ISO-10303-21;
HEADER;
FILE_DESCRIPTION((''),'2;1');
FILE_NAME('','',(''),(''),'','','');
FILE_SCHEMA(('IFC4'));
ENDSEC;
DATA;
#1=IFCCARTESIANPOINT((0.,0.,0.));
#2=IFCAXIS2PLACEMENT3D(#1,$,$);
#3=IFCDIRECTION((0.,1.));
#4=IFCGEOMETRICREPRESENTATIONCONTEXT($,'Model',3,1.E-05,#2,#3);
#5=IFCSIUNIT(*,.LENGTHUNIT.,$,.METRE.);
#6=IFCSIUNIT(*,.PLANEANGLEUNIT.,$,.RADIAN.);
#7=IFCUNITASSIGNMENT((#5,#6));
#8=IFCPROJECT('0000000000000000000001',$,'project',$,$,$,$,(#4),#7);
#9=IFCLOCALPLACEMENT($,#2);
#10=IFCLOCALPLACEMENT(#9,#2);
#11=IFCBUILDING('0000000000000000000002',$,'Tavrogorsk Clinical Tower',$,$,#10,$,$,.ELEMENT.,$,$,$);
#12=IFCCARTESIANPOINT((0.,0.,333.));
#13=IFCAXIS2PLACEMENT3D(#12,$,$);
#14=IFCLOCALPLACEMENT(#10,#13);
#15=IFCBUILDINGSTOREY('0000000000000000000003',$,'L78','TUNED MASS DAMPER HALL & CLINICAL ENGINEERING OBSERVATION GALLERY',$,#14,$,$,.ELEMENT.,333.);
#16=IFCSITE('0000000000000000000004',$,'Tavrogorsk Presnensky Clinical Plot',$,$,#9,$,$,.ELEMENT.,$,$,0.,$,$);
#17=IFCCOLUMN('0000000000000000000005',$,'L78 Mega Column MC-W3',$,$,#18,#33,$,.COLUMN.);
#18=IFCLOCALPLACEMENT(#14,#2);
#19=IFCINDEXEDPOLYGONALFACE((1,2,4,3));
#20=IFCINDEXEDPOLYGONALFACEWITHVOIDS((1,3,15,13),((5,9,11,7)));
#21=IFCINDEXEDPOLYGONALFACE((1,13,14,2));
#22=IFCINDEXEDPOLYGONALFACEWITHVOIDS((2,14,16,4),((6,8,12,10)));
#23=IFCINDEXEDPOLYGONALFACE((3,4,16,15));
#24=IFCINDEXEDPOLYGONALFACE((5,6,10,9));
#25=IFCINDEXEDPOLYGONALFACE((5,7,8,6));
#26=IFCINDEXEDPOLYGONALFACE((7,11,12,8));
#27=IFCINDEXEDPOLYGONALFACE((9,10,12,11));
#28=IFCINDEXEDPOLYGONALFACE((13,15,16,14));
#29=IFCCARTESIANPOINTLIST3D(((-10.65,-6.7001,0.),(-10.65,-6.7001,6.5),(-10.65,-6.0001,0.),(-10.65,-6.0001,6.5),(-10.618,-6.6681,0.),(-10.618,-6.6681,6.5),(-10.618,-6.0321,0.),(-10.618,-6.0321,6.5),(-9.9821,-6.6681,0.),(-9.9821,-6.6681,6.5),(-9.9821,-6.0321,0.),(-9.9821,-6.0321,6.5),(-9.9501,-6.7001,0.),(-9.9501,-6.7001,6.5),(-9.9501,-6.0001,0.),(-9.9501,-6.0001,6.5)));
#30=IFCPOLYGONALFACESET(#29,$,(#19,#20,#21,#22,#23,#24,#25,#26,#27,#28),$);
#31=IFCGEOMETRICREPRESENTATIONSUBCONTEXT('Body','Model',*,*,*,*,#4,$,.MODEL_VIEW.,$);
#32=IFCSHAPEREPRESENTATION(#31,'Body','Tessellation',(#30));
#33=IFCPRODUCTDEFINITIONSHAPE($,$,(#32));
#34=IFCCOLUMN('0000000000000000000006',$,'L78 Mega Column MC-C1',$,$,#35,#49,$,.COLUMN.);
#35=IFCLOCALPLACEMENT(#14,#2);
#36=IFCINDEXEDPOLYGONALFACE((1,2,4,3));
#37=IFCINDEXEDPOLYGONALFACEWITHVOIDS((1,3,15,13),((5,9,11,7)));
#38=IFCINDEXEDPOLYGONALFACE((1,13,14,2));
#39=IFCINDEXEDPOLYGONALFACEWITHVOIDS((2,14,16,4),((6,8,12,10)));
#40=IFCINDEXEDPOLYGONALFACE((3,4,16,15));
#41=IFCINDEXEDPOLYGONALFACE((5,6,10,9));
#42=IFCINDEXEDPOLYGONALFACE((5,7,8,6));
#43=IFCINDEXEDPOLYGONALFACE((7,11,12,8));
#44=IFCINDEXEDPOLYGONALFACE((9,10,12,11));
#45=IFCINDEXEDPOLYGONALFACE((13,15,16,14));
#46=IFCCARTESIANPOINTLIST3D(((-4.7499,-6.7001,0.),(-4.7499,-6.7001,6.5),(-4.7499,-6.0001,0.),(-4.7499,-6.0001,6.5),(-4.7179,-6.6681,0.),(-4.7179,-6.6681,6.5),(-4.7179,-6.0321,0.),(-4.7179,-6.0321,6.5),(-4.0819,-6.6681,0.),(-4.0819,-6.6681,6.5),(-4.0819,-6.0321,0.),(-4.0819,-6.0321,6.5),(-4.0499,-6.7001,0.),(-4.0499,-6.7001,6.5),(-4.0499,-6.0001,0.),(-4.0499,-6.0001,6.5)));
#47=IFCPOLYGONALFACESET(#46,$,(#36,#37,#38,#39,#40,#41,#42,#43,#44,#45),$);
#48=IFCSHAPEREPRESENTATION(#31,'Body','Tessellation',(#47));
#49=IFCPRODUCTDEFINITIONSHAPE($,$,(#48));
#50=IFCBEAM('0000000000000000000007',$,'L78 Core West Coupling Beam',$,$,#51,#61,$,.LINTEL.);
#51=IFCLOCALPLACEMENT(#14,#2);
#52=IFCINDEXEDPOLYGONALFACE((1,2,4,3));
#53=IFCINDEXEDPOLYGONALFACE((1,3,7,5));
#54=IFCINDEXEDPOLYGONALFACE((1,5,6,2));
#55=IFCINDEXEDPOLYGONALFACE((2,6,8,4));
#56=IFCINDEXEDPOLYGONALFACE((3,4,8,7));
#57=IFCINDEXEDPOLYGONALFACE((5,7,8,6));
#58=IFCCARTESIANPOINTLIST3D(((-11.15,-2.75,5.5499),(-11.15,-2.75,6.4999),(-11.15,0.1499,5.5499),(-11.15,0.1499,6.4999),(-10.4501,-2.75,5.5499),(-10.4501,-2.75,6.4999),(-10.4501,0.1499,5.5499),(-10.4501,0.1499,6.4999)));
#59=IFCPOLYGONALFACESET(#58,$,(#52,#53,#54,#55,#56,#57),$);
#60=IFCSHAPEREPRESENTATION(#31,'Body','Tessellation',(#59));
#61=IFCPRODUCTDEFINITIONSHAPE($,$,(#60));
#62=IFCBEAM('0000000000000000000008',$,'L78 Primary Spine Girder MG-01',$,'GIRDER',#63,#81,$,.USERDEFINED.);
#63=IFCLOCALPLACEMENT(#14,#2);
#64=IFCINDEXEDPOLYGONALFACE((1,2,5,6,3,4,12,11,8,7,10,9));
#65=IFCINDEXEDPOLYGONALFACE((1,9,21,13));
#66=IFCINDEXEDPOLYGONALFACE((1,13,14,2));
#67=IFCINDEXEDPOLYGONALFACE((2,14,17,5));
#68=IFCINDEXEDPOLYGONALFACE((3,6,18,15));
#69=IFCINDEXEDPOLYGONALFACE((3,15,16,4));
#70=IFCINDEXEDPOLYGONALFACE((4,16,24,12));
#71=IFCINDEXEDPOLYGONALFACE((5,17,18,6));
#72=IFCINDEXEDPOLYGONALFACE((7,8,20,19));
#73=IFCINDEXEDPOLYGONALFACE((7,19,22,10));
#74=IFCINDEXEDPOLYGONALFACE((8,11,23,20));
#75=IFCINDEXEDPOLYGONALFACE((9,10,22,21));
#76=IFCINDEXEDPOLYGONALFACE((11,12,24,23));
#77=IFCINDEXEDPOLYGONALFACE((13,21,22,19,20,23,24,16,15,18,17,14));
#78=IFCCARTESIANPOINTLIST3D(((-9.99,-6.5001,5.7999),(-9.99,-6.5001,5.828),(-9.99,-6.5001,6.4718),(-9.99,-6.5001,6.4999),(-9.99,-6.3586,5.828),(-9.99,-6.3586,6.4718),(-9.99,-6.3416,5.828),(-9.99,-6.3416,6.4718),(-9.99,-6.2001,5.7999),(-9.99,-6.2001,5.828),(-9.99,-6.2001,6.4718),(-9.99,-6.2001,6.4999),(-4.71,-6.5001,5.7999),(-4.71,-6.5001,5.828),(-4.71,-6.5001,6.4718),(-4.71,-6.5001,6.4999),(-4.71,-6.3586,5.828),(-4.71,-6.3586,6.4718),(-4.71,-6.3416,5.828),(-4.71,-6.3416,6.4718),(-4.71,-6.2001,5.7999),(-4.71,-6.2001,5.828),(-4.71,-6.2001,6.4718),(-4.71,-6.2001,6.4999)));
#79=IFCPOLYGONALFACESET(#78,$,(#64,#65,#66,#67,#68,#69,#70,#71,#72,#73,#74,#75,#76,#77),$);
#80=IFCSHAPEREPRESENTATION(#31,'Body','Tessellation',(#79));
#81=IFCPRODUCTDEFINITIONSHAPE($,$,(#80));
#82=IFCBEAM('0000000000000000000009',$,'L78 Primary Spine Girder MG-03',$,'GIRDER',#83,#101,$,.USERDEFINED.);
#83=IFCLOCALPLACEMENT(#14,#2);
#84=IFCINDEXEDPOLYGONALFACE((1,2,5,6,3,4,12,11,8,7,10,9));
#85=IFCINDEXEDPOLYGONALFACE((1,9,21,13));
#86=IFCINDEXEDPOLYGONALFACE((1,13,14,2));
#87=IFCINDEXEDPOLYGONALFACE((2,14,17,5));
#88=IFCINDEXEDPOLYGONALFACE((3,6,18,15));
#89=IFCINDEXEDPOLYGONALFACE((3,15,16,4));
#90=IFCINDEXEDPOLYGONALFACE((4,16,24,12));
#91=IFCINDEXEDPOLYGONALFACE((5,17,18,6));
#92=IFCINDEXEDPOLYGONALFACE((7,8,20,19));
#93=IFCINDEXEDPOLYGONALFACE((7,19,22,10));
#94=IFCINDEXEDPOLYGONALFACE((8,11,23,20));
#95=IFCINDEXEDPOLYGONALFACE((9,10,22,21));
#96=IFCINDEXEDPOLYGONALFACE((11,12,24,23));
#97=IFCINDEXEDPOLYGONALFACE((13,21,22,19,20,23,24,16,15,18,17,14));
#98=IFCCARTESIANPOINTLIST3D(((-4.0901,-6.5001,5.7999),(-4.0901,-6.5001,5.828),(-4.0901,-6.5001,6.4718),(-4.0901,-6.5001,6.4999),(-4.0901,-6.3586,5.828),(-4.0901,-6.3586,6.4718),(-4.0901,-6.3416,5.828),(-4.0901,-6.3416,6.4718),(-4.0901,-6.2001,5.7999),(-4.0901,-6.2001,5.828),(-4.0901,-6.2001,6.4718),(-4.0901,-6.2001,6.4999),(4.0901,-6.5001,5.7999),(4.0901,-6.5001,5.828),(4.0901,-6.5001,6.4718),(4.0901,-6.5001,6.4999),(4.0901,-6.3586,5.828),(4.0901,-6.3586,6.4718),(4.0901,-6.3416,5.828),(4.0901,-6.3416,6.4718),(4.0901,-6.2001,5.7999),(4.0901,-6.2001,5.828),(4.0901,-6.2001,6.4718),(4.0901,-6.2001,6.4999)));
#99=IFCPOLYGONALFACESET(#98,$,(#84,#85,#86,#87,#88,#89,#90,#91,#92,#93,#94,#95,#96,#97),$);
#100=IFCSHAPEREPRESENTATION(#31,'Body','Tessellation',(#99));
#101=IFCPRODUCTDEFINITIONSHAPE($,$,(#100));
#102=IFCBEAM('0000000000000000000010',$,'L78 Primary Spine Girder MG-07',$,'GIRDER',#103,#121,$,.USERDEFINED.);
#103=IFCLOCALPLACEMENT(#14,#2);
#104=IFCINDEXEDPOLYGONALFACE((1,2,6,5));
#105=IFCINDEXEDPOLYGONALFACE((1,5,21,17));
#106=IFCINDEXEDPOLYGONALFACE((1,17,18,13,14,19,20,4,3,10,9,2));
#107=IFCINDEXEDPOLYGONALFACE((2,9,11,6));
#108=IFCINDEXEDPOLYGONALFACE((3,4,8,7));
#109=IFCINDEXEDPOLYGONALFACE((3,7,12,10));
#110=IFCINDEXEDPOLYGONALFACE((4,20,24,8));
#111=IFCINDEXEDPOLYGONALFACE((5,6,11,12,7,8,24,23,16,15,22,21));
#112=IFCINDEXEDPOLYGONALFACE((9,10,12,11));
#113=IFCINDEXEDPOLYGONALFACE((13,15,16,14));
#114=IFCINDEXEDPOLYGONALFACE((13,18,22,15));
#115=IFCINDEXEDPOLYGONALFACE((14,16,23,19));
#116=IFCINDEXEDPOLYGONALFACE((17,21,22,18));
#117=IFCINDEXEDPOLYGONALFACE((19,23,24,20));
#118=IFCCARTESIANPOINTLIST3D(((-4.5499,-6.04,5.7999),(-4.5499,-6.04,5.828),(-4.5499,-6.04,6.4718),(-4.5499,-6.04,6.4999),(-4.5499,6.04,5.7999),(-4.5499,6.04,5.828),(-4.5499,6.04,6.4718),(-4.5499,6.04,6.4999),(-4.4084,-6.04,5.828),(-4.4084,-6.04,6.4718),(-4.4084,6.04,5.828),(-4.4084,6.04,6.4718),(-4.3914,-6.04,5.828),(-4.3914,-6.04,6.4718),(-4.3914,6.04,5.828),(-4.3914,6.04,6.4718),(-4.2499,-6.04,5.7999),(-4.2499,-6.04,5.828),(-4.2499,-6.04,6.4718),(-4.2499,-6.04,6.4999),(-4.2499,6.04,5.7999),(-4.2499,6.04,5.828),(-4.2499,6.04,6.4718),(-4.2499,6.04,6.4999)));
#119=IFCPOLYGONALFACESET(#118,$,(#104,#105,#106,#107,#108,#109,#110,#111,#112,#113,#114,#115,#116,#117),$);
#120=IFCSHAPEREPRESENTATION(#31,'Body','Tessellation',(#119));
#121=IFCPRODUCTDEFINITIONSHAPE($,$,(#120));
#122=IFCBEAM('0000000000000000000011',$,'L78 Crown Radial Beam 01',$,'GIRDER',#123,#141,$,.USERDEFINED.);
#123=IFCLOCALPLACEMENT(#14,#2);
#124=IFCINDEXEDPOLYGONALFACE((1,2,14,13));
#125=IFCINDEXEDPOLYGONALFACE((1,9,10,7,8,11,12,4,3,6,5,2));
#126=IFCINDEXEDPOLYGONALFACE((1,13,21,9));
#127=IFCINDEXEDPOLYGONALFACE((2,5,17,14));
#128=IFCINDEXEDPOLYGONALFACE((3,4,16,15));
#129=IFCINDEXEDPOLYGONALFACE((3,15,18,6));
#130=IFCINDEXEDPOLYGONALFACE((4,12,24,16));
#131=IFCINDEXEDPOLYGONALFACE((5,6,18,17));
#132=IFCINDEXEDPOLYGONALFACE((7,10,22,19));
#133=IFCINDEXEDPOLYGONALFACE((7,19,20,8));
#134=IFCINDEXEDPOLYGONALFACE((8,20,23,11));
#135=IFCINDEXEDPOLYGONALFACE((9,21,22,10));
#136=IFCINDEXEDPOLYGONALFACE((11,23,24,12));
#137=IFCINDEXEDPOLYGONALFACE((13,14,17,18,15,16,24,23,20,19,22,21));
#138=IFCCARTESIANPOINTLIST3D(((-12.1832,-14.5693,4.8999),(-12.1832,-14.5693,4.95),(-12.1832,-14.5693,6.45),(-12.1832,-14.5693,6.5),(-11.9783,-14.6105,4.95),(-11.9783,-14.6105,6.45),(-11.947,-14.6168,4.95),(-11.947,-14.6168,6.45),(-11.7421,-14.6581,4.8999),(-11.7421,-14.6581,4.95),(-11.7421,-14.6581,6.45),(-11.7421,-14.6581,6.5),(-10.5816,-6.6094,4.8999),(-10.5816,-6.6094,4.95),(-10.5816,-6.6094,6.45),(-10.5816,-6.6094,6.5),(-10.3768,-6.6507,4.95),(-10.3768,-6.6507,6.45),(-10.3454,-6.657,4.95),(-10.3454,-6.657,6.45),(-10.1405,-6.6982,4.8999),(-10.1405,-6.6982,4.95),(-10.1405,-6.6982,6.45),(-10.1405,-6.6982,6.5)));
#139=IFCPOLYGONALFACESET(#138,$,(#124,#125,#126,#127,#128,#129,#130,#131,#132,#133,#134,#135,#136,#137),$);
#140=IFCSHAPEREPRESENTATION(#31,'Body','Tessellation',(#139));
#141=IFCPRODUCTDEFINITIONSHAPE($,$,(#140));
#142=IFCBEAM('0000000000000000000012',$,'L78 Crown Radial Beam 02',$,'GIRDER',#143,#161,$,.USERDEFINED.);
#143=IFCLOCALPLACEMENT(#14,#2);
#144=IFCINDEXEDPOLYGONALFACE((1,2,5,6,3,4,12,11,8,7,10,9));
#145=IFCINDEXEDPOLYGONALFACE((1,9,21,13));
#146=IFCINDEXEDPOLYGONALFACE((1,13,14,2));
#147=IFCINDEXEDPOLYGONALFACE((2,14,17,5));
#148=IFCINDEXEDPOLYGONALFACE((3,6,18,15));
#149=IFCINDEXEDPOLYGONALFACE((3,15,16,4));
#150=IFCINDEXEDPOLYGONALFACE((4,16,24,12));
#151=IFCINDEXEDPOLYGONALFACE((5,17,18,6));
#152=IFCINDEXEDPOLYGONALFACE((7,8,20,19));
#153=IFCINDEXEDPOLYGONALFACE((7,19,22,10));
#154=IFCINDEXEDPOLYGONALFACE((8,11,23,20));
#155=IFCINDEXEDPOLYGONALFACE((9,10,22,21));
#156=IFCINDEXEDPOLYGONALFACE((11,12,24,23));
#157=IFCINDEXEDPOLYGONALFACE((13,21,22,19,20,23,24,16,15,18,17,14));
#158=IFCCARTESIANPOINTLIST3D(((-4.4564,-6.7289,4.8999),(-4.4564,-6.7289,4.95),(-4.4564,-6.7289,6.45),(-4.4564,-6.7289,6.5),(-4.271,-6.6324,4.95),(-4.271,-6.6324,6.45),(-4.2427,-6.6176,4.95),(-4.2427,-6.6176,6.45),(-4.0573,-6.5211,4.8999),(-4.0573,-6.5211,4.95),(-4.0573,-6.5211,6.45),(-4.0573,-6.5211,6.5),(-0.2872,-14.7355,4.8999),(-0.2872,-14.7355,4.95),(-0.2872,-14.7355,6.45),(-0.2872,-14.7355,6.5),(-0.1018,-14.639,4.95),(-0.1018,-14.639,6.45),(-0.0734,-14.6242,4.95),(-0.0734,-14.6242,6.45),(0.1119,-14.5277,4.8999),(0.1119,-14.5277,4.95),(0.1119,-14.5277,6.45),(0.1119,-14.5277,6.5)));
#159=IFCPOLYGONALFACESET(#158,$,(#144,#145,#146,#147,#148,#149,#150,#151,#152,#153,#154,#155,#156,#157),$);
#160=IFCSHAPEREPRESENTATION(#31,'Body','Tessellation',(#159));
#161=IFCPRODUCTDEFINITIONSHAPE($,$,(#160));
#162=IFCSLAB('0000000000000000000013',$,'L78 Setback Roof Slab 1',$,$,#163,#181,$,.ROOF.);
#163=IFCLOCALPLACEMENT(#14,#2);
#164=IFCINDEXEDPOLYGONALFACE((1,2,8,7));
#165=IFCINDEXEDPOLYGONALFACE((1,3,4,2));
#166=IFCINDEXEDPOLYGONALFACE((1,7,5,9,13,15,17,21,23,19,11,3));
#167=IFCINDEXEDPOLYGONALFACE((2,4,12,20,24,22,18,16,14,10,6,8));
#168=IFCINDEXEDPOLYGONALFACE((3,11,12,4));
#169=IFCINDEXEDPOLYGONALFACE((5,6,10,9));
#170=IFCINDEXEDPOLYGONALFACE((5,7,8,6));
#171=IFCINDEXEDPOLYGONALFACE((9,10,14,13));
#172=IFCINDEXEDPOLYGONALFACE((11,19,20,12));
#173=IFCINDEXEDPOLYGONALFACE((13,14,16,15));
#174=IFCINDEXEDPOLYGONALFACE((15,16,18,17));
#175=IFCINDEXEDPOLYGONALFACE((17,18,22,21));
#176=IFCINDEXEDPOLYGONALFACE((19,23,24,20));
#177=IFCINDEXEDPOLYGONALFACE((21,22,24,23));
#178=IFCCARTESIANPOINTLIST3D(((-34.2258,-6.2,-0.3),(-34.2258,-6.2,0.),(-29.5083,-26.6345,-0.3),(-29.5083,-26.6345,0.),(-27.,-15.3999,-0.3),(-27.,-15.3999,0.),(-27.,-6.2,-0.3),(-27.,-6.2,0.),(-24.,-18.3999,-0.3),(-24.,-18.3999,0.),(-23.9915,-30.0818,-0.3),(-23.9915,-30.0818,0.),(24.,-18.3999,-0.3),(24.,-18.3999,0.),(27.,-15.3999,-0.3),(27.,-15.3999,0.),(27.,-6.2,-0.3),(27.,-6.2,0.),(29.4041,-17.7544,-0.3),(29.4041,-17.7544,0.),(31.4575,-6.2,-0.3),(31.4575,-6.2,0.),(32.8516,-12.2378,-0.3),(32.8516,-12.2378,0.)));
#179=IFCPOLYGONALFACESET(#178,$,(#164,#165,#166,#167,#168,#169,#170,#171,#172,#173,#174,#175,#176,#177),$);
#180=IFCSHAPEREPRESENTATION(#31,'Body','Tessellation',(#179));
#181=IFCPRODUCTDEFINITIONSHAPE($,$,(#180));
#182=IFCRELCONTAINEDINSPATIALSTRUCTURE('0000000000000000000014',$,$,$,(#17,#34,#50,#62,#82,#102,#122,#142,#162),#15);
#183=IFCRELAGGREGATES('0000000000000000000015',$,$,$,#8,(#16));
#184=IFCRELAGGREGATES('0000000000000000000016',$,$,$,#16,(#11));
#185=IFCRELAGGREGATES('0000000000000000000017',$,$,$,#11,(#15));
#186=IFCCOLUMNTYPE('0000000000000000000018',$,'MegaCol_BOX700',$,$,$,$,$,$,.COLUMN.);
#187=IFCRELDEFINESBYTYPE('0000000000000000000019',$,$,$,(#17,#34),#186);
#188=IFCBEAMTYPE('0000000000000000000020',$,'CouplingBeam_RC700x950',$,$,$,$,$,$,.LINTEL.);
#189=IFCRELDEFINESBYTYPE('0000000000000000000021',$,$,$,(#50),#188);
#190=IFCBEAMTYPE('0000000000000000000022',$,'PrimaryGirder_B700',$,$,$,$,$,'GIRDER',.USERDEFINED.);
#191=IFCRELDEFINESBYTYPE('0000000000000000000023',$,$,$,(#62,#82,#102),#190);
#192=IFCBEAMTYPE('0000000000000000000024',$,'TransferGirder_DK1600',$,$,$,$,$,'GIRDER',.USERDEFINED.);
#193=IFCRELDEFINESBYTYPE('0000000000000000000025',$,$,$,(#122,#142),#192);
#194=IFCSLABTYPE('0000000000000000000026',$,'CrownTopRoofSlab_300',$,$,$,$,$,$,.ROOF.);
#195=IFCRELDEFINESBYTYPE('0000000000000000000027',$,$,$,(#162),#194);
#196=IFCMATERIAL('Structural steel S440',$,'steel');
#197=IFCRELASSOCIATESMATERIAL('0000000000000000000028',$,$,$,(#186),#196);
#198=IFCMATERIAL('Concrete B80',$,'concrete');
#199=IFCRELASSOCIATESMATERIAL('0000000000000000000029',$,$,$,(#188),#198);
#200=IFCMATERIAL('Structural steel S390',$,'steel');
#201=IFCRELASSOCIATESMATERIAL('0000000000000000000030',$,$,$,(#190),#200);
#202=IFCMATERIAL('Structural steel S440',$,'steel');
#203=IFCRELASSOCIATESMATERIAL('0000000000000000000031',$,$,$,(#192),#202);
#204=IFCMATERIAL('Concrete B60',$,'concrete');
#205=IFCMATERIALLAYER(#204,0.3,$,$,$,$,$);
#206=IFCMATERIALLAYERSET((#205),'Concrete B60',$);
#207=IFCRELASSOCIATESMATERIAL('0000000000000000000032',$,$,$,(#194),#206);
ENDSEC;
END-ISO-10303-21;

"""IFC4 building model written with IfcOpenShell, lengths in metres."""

from ifc_helpers import new_model, si_unit, direction, frame, origin, origin_2d, place, context, subcontext, project, spatial, polyline, rectangle, hollow_rectangle, i_section, outline, extrude, material, layer, layer_set, material_profile, profile_set, type_object, element, save


model = new_model("IFC4")

# Units and contexts
model_context = context("Model", 3, precision=1e-05, world=origin(), true_north=direction((0.0, 1.0)))
body_context = subcontext(model_context, "Body", "Model", "MODEL_VIEW")
ifc_project = project(units=[si_unit("LENGTHUNIT", "METRE"), si_unit("PLANEANGLEUNIT", "RADIAN")], contexts=[model_context])

# Site, building, storey
site_placement = place(None, origin())
site = spatial("IfcSite", under=ifc_project, at=site_placement, Name="Tavrogorsk Presnensky Clinical Plot", CompositionType="ELEMENT", RefElevation=0.0)
building_placement = place(site_placement, origin())
building = spatial("IfcBuilding", under=site, at=building_placement, Name="Tavrogorsk Clinical Tower", CompositionType="ELEMENT")
storey_placement = place(building_placement, frame((0.0, 0.0, 333.0)))
storey = spatial("IfcBuildingStorey", under=building, at=storey_placement, Name="L78", Description="TUNED MASS DAMPER HALL & CLINICAL ENGINEERING OBSERVATION GALLERY", CompositionType="ELEMENT", Elevation=333.0)

# Columns
ifc_material_1 = material(Name="Structural steel S440", Category="steel")
ifc_material_profile_1 = material_profile(ifc_material_1, hollow_rectangle(XDim=0.7, YDim=0.7, WallThickness=0.032, at=origin_2d()), Name="BOX-700x700x32")
ifc_profile_set_1 = profile_set([ifc_material_profile_1], Name="Structural steel S440")
column_type = type_object("IfcColumnType", Name="MegaCol_BOX700", PredefinedType="COLUMN", material=ifc_profile_set_1)
for number, where, z_axis, x_axis, name in (
    (1, (-10.3, -6.3501, 0.0), (0.0, 0.0, 1.0), (1.0, 0.0, 0.0), "L78 Mega Column MC-W3"),
    (2, (-4.3999, -6.3501, 0.0), (0.0, 0.0, 1.0), (1.0, 0.0, 0.0), "L78 Mega Column MC-C1"),
):
    element("IfcColumn", number, at=place(storey_placement, frame(where, z_axis=z_axis, x_axis=x_axis)), inside=storey, type_object=column_type, Name=name, PredefinedType="COLUMN", context=body_context, shape_type="SweptSolid", body=[
        extrude(hollow_rectangle(XDim=0.7, YDim=0.7, WallThickness=0.032, at=origin_2d()), origin(), (0.0, 0.0, 1.0), 6.5),
    ])

# Beams
ifc_material_2 = material(Name="Concrete B80", Category="concrete")
ifc_material_profile_2 = material_profile(ifc_material_2, rectangle(XDim=0.7, YDim=0.95, at=origin_2d()), Name="RC-CB-700x950")
ifc_profile_set_2 = profile_set([ifc_material_profile_2], Name="Concrete B80")
beam_type_1 = type_object("IfcBeamType", Name="CouplingBeam_RC700x950", PredefinedType="LINTEL", material=ifc_profile_set_2)
beam_1_placement = place(storey_placement, frame((-10.8, -2.75, 6.0249), z_axis=(0.0, 1.0, 0.0), x_axis=(-1.0, 0.0, 0.0)))
element("IfcBeam", 3, at=beam_1_placement, inside=storey, type_object=beam_type_1, Name="L78 Core West Coupling Beam", PredefinedType="LINTEL", context=body_context, shape_type="SweptSolid", body=[
    extrude(rectangle(XDim=0.7, YDim=0.95, at=origin_2d()), origin(), (0.0, 0.0, 1.0), 2.8999),
])
ifc_material_3 = material(Name="Structural steel S390", Category="steel")
ifc_material_profile_3 = material_profile(ifc_material_3, i_section(OverallWidth=0.3, OverallDepth=0.7, WebThickness=0.0171, FlangeThickness=0.0281, at=origin_2d()), Name="B-700x300x17x28")
ifc_profile_set_3 = profile_set([ifc_material_profile_3], Name="Structural steel S390")
beam_type_2 = type_object("IfcBeamType", Name="PrimaryGirder_B700", ElementType="GIRDER", PredefinedType="USERDEFINED", material=ifc_profile_set_3)
beam_2_placement = place(storey_placement, frame((-9.99, -6.3501, 6.1499), z_axis=(1.0, 0.0, 0.0), x_axis=(0.0, 1.0, 0.0)))
element("IfcBeam", 4, at=beam_2_placement, inside=storey, type_object=beam_type_2, Name="L78 Primary Spine Girder MG-01", ObjectType="GIRDER", PredefinedType="USERDEFINED", context=body_context, shape_type="SweptSolid", body=[
    extrude(i_section(OverallWidth=0.3, OverallDepth=0.7, WebThickness=0.0171, FlangeThickness=0.0281, at=origin_2d()), origin(), (0.0, 0.0, 1.0), 5.28),
])
beam_3_placement = place(storey_placement, frame((-4.0901, -6.3501, 6.1499), z_axis=(1.0, 0.0, 0.0), x_axis=(0.0, 1.0, 0.0)))
element("IfcBeam", 5, at=beam_3_placement, inside=storey, type_object=beam_type_2, Name="L78 Primary Spine Girder MG-03", ObjectType="GIRDER", PredefinedType="USERDEFINED", context=body_context, shape_type="SweptSolid", body=[
    extrude(i_section(OverallWidth=0.3, OverallDepth=0.7, WebThickness=0.0171, FlangeThickness=0.0281, at=origin_2d()), origin(), (0.0, 0.0, 1.0), 8.1802),
])
beam_4_placement = place(storey_placement, frame((-4.3999, -6.04, 6.1499), z_axis=(0.0, 1.0, 0.0), x_axis=(-1.0, 0.0, 0.0)))
element("IfcBeam", 6, at=beam_4_placement, inside=storey, type_object=beam_type_2, Name="L78 Primary Spine Girder MG-07", ObjectType="GIRDER", PredefinedType="USERDEFINED", context=body_context, shape_type="SweptSolid", body=[
    extrude(i_section(OverallWidth=0.3, OverallDepth=0.7, WebThickness=0.0171, FlangeThickness=0.0281, at=origin_2d()), origin(), (0.0, 0.0, 1.0), 12.0801),
])
ifc_material_4 = material(Name="Structural steel S440", Category="steel")
ifc_material_profile_4 = material_profile(ifc_material_4, i_section(OverallWidth=0.45, OverallDepth=1.6001, WebThickness=0.032, FlangeThickness=0.05, at=origin_2d()), Name="DK-1600x450x32x50")
ifc_profile_set_4 = profile_set([ifc_material_profile_4], Name="Structural steel S440")
beam_type_3 = type_object("IfcBeamType", Name="TransferGirder_DK1600", ElementType="GIRDER", PredefinedType="USERDEFINED", material=ifc_profile_set_4)
beam_5_placement = place(storey_placement, frame((-10.3611, -6.6538, 5.7), z_axis=(-0.197249, -0.980353, 0.0), x_axis=(0.980353, -0.197249, 0.0)))
element("IfcBeam", 7, at=beam_5_placement, inside=storey, type_object=beam_type_3, Name="L78 Crown Radial Beam 01", ObjectType="GIRDER", PredefinedType="USERDEFINED", context=body_context, shape_type="SweptSolid", body=[
    extrude(i_section(OverallWidth=0.45, OverallDepth=1.6001, WebThickness=0.032, FlangeThickness=0.05, at=origin_2d()), origin(), (0.0, 0.0, 1.0), 8.1194),
])
beam_6_placement = place(storey_placement, frame((-4.2568, -6.625, 5.7), z_axis=(0.461855, -0.886955, 0.0), x_axis=(0.886955, 0.461855, 0.0)))
element("IfcBeam", 8, at=beam_6_placement, inside=storey, type_object=beam_type_3, Name="L78 Crown Radial Beam 02", ObjectType="GIRDER", PredefinedType="USERDEFINED", context=body_context, shape_type="SweptSolid", body=[
    extrude(i_section(OverallWidth=0.45, OverallDepth=1.6001, WebThickness=0.032, FlangeThickness=0.05, at=origin_2d()), origin(), (0.0, 0.0, 1.0), 9.0271),
])

# Slab
ifc_material_5 = material(Name="Concrete B60", Category="concrete")
ifc_layer_1 = layer(ifc_material_5, 0.3)
ifc_layer_set_1 = layer_set([ifc_layer_1], Name="Concrete B60")
slab_type_1 = type_object("IfcSlabType", Name="CrownTopRoofSlab_300", PredefinedType="ROOF", material=ifc_layer_set_1)
slab_1_placement = place(storey_placement, frame((0.0, 0.0, -0.3)))
element("IfcSlab", 9, at=slab_1_placement, inside=storey, type_object=slab_type_1, Name="L78 Setback Roof Slab 1", PredefinedType="ROOF", context=body_context, shape_type="SweptSolid", body=[
    extrude(outline(polyline([(29.4041, -17.7544), (-23.9915, -30.0818), (-29.5083, -26.6345), (-34.2258, -6.2), (-27.0, -6.2), (-27.0, -15.3999), (-24.0, -18.3999), (24.0, -18.3999), (27.0, -15.3999), (27.0, -6.2), (31.4575, -6.2), (32.8516, -12.2378), (29.4041, -17.7544)])), origin(), (0.0, 0.0, 1.0), 0.3),
])

save(model, "model.ifc")
